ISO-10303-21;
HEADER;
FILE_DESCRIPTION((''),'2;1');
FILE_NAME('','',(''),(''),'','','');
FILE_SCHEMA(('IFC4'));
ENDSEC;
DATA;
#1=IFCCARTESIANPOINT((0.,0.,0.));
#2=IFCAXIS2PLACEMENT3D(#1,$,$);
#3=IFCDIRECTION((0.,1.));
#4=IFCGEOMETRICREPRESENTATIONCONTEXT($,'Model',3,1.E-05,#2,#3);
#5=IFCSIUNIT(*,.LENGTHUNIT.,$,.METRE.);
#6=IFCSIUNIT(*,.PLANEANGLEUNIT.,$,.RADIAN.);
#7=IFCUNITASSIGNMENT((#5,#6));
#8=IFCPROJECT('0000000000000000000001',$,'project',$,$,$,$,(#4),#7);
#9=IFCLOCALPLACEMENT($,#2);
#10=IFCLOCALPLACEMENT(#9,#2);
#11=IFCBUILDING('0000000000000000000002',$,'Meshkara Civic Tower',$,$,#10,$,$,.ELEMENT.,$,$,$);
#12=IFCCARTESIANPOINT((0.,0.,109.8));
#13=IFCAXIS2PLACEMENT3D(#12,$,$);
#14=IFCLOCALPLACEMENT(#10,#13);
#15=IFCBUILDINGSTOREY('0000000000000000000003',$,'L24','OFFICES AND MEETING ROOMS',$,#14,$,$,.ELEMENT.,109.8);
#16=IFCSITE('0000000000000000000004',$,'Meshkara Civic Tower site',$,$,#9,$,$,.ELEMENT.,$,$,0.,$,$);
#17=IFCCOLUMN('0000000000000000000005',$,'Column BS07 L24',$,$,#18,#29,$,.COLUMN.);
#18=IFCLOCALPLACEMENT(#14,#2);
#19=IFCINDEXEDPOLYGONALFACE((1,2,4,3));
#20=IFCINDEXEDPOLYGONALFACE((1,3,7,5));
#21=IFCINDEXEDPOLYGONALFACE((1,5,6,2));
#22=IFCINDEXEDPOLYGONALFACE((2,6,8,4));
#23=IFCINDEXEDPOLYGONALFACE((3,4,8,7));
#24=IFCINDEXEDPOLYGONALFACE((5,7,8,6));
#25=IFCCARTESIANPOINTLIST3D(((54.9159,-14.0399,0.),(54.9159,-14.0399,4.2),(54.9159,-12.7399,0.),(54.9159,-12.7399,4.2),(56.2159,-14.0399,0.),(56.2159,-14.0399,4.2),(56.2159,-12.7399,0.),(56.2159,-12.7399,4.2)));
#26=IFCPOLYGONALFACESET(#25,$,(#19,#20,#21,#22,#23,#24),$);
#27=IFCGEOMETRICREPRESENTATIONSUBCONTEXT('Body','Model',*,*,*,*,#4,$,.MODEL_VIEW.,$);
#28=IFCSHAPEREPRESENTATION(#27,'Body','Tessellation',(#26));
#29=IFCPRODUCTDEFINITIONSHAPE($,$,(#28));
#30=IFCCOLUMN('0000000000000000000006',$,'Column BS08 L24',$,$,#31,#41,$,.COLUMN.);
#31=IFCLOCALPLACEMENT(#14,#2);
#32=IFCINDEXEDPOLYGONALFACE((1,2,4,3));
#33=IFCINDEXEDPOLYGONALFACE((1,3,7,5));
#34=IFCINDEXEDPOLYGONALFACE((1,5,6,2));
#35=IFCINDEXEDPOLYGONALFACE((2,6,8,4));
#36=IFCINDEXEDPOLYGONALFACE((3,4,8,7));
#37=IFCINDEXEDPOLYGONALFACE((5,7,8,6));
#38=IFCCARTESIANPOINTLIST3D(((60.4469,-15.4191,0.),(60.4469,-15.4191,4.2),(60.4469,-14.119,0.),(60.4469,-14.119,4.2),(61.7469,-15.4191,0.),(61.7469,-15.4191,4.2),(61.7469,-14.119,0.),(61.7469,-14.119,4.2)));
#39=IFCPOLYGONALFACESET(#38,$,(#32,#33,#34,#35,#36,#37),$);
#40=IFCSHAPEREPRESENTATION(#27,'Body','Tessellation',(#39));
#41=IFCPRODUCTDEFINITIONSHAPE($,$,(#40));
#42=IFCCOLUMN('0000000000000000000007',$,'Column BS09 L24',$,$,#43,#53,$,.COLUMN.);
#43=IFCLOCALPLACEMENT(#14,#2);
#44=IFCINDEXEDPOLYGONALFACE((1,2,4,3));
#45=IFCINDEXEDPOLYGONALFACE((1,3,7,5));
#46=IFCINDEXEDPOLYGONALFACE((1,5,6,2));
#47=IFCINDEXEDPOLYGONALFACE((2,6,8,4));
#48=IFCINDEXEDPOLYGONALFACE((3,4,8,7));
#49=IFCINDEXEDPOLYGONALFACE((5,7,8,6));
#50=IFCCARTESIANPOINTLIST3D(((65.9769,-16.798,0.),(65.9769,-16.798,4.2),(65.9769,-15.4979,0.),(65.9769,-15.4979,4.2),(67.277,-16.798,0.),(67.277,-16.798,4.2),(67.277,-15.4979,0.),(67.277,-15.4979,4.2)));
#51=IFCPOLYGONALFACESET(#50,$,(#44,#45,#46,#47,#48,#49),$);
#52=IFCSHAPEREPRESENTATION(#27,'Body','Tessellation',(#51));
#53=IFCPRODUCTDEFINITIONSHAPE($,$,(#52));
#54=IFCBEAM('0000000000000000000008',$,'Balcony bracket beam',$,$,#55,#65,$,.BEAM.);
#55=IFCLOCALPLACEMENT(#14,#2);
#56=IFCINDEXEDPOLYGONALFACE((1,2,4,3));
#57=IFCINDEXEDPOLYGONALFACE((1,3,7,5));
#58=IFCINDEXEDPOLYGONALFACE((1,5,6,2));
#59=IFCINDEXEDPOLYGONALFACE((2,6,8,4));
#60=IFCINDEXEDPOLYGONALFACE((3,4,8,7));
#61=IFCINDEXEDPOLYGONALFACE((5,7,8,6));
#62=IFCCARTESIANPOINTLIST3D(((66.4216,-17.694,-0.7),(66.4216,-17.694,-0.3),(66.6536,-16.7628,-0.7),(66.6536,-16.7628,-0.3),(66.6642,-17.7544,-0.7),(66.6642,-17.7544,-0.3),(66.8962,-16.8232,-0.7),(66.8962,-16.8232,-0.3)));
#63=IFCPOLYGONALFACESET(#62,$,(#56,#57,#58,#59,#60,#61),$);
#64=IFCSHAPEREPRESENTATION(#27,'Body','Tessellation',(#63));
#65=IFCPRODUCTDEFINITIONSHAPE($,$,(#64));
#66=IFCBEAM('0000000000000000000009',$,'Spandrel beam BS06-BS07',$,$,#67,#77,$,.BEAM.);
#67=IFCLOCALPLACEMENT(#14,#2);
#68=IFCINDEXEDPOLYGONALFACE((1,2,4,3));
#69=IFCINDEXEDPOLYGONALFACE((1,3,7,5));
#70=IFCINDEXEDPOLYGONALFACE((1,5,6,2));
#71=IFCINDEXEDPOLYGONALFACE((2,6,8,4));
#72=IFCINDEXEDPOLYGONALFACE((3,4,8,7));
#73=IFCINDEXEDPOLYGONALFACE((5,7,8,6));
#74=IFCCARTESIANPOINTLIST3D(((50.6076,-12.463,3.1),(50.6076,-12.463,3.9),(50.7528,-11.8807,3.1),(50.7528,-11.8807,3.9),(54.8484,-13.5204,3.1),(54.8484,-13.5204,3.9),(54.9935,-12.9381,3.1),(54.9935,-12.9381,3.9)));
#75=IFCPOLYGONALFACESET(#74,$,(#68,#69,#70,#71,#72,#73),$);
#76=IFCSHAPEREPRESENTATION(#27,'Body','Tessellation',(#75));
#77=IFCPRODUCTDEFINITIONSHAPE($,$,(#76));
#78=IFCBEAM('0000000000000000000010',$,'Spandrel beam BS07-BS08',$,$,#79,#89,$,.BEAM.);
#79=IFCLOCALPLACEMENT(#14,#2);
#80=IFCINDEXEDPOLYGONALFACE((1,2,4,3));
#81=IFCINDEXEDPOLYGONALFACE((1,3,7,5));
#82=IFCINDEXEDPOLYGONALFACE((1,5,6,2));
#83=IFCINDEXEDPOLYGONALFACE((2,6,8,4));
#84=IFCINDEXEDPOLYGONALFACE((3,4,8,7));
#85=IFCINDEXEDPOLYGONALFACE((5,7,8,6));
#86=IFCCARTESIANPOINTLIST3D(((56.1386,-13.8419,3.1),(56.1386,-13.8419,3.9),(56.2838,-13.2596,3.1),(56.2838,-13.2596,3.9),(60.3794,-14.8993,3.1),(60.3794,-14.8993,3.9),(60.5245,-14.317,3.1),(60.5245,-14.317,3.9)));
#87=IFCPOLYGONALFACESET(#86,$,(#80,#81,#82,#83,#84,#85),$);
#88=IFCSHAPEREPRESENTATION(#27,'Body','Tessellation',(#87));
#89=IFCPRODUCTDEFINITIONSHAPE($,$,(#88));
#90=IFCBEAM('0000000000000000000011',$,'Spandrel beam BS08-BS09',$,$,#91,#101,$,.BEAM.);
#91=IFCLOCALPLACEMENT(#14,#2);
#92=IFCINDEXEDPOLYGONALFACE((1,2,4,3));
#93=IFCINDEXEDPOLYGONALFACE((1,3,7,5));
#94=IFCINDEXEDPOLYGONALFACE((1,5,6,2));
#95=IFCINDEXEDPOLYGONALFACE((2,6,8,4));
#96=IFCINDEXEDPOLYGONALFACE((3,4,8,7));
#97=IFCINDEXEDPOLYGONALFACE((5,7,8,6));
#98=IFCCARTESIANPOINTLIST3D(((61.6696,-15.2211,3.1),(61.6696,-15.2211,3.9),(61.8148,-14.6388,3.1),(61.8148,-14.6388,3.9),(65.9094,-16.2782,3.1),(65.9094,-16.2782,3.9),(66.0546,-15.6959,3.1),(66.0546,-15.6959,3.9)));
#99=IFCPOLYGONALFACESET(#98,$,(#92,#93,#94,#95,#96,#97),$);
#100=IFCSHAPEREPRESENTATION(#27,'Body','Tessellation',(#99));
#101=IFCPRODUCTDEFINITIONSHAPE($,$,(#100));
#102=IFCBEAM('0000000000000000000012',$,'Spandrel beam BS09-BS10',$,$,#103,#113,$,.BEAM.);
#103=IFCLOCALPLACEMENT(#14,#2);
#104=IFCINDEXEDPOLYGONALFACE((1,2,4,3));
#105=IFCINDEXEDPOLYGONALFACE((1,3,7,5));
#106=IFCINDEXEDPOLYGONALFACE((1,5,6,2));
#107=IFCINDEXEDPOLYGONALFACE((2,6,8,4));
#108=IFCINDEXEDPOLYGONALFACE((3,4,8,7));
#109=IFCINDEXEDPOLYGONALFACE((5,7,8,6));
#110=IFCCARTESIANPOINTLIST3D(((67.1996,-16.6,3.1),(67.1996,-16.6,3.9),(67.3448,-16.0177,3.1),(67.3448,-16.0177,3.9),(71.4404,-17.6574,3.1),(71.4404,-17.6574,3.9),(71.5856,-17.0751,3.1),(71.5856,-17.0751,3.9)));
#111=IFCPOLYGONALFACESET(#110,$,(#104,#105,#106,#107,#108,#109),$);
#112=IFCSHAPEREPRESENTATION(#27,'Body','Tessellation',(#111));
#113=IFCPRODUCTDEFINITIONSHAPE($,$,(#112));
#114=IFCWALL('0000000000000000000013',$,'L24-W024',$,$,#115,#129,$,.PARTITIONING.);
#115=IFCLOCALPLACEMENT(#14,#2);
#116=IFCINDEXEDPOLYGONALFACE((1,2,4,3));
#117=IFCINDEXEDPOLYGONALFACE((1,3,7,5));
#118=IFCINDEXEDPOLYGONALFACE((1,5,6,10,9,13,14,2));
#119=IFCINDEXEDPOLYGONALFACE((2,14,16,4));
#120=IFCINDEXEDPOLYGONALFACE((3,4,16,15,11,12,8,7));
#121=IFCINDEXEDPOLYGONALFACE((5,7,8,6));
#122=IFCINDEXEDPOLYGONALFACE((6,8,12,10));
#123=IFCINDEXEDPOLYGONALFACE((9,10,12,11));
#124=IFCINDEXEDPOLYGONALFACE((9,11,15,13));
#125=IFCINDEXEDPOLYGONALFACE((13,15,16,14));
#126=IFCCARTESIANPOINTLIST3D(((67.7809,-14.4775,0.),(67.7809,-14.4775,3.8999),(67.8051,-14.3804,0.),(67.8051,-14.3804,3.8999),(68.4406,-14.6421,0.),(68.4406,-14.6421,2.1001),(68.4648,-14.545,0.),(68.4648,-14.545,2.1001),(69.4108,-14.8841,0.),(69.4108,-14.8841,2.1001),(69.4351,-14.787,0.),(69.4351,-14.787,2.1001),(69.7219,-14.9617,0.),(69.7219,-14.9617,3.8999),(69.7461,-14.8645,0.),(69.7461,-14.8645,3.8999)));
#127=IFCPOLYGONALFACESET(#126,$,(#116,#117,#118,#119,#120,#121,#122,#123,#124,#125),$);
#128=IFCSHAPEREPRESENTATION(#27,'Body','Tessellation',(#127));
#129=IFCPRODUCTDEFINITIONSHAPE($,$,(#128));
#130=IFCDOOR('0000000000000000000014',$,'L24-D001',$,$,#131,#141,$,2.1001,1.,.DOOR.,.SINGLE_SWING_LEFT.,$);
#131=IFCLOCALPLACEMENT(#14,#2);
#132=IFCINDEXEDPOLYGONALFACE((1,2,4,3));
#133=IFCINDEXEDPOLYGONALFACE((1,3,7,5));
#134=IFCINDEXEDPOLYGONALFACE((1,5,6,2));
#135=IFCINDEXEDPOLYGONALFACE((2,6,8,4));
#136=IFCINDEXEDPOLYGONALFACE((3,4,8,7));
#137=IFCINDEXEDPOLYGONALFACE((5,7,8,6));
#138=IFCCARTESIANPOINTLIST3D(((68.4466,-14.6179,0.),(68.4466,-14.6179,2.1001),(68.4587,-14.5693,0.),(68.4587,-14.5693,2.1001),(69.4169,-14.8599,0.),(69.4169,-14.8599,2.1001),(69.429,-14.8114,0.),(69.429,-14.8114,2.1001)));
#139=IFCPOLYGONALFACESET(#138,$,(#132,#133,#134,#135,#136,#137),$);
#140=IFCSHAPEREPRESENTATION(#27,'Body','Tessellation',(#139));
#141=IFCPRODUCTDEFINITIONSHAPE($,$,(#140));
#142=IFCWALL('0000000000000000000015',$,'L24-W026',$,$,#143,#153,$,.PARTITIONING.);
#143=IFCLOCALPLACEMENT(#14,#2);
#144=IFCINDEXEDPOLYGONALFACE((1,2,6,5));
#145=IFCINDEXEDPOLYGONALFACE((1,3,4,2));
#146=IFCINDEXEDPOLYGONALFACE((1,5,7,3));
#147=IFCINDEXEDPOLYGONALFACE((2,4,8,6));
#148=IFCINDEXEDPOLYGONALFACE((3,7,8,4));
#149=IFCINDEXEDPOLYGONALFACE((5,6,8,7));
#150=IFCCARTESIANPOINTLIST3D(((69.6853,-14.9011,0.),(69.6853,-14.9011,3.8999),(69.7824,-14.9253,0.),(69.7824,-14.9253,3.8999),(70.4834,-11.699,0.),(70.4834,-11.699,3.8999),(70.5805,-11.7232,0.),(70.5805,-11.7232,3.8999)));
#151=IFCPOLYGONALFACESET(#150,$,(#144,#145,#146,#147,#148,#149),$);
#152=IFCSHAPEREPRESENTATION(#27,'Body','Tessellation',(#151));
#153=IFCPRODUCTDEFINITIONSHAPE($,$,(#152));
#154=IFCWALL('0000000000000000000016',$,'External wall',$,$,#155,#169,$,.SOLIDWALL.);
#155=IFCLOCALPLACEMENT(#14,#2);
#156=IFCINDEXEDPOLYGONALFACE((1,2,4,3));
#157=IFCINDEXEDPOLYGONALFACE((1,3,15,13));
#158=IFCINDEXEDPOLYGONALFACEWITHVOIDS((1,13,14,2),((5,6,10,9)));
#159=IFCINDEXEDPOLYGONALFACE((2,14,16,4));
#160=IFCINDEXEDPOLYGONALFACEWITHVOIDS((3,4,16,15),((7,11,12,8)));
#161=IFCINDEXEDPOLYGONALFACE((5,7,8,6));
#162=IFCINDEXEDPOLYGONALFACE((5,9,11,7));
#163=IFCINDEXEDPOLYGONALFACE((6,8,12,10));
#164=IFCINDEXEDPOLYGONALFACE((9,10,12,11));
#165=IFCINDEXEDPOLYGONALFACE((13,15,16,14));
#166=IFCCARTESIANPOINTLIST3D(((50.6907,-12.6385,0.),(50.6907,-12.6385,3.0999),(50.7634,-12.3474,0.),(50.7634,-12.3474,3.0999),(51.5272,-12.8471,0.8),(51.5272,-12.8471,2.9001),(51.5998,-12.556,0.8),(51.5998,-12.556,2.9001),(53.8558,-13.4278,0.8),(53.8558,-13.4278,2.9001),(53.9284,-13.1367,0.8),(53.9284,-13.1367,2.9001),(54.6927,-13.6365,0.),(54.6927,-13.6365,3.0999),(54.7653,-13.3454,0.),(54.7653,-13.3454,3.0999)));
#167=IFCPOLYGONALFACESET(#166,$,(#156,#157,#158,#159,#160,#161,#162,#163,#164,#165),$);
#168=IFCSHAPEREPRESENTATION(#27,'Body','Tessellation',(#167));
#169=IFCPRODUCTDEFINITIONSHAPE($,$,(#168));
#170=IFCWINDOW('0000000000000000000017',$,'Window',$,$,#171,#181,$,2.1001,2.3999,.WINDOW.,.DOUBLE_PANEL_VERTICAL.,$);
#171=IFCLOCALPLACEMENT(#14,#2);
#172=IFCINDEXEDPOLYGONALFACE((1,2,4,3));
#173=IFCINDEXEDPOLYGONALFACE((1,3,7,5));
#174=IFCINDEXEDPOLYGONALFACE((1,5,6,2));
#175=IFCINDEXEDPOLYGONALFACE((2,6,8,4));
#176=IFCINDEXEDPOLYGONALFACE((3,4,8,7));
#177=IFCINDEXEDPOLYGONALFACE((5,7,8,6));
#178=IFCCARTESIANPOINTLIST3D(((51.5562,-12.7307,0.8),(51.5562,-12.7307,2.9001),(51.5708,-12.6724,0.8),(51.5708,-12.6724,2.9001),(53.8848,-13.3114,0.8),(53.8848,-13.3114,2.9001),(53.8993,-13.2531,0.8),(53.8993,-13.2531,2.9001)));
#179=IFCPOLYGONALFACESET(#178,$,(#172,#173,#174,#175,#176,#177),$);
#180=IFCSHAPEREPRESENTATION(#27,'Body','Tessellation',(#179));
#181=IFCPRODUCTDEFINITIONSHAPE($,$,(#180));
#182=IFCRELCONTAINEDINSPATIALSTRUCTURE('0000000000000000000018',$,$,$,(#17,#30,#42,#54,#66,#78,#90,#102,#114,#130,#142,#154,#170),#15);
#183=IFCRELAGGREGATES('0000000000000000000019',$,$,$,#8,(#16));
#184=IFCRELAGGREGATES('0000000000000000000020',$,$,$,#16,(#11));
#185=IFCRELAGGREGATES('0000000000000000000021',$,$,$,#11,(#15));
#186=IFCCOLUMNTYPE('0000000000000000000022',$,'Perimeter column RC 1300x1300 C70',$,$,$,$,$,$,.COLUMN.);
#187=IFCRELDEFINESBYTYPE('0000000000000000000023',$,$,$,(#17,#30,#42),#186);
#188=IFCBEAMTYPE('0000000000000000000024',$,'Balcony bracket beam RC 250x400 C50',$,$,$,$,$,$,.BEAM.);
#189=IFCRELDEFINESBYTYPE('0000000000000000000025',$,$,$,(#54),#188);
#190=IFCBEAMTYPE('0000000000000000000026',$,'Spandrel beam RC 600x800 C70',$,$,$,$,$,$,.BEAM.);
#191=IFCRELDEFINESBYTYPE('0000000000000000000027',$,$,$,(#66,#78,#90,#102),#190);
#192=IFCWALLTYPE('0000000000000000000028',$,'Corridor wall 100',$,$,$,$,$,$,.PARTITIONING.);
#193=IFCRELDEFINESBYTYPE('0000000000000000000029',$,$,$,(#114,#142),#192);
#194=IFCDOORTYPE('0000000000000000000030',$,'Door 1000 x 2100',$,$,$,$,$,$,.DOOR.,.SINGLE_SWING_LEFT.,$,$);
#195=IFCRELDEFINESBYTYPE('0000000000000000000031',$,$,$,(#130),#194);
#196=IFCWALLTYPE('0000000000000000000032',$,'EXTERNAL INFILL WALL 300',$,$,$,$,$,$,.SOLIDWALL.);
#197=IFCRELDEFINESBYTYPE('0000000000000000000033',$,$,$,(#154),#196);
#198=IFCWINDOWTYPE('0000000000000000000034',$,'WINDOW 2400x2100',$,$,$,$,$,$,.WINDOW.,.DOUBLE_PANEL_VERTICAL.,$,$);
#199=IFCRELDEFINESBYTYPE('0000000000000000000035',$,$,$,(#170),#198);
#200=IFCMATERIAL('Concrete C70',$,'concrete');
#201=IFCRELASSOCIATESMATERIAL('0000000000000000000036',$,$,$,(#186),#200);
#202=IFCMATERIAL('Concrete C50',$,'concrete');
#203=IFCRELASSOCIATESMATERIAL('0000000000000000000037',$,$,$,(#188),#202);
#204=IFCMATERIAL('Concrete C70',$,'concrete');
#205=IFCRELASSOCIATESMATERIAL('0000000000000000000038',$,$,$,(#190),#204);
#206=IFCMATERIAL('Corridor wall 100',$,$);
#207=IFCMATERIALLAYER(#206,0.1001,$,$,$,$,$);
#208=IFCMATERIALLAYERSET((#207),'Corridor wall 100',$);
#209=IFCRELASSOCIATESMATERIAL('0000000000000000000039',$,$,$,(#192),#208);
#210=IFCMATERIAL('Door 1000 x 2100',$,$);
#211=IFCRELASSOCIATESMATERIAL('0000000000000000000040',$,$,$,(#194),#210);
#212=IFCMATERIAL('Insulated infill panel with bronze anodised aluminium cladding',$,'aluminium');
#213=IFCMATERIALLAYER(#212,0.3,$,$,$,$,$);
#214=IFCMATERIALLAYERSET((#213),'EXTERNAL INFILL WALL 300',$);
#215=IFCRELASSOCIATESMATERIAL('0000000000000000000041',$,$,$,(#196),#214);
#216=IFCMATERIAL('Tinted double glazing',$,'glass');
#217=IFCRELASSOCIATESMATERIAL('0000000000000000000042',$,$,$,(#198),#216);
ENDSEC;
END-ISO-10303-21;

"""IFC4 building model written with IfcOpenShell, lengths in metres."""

from ifc_helpers import new_model, si_unit, direction, frame, frame_2d, origin, origin_2d, place, context, subcontext, project, spatial, rectangle, extrude, material, layer, layer_set, material_profile, profile_set, type_object, element, fill, save


model = new_model("IFC4")

# Units and contexts
model_context = context("Model", 3, precision=1e-05, world=origin(), true_north=direction((0.0, 1.0)))
body_context = subcontext(model_context, "Body", "Model", "MODEL_VIEW")
ifc_project = project(units=[si_unit("LENGTHUNIT", "METRE"), si_unit("PLANEANGLEUNIT", "RADIAN")], contexts=[model_context])

# Site, building, storey
site_placement = place(None, origin())
site = spatial("IfcSite", under=ifc_project, at=site_placement, Name="Meshkara Civic Tower site", CompositionType="ELEMENT", RefElevation=0.0)
building_placement = place(site_placement, origin())
building = spatial("IfcBuilding", under=site, at=building_placement, Name="Meshkara Civic Tower", CompositionType="ELEMENT")
storey_placement = place(building_placement, frame((0.0, 0.0, 109.8)))
storey = spatial("IfcBuildingStorey", under=building, at=storey_placement, Name="L24", Description="OFFICES AND MEETING ROOMS", CompositionType="ELEMENT", Elevation=109.8)

# Columns
ifc_material_1 = material(Name="Concrete C70", Category="concrete")
ifc_material_profile_1 = material_profile(ifc_material_1, rectangle(XDim=1.3, YDim=1.3, at=origin_2d()))
ifc_profile_set_1 = profile_set([ifc_material_profile_1], Name="Concrete C70")
column_type = type_object("IfcColumnType", Name="Perimeter column RC 1300x1300 C70", PredefinedType="COLUMN", material=ifc_profile_set_1)
for number, where, z_axis, x_axis, name in (
    (1, (55.5659, -13.3899, 0.0), (0.0, 0.0, 1.0), (1.0, 0.0, 0.0), "Column BS07 L24"),
    (2, (61.0969, -14.769, 0.0), (0.0, 0.0, 1.0), (1.0, 0.0, 0.0), "Column BS08 L24"),
    (3, (66.627, -16.1479, 0.0), (0.0, 0.0, 1.0), (1.0, 0.0, 0.0), "Column BS09 L24"),
):
    element("IfcColumn", number, at=place(storey_placement, frame(where, z_axis=z_axis, x_axis=x_axis)), inside=storey, type_object=column_type, Name=name, PredefinedType="COLUMN", context=body_context, shape_type="SweptSolid", body=[
        extrude(rectangle(XDim=1.3, YDim=1.3, at=origin_2d()), origin(), (0.0, 0.0, 1.0), 4.2),
    ])

# Beams
ifc_material_2 = material(Name="Concrete C50", Category="concrete")
ifc_material_profile_2 = material_profile(ifc_material_2, rectangle(XDim=0.25, YDim=0.3999, at=origin_2d()))
ifc_profile_set_2 = profile_set([ifc_material_profile_2], Name="Concrete C50")
beam_type_1 = type_object("IfcBeamType", Name="Balcony bracket beam RC 250x400 C50", PredefinedType="BEAM", material=ifc_profile_set_2)
beam_1_placement = place(storey_placement, frame((66.7749, -16.793, -0.5), z_axis=(-0.241697, -0.970352, 0.0), x_axis=(0.970352, -0.241697, 0.0)))
element("IfcBeam", 4, at=beam_1_placement, inside=storey, type_object=beam_type_1, Name="Balcony bracket beam", PredefinedType="BEAM", context=body_context, shape_type="SweptSolid", body=[
    extrude(rectangle(XDim=0.25, YDim=0.3999, at=origin_2d()), origin(), (0.0, 0.0, 1.0), 0.9597),
])
ifc_material_3 = material(Name="Concrete C70", Category="concrete")
ifc_material_profile_3 = material_profile(ifc_material_3, rectangle(XDim=0.6001, YDim=0.8, at=origin_2d()))
ifc_profile_set_3 = profile_set([ifc_material_profile_3], Name="Concrete C70")
beam_type_2 = type_object("IfcBeamType", Name="Spandrel beam RC 600x800 C70", PredefinedType="BEAM", material=ifc_profile_set_3)
for number, where, z_axis, x_axis, name in (
    (5, (50.6802, -12.1719, 3.5), (0.970293, -0.241931, 0.0), (0.241931, 0.970293, 0.0), "Spandrel beam BS06-BS07"),
    (6, (56.2112, -13.5508, 3.5), (0.970293, -0.241931, 0.0), (0.241931, 0.970293, 0.0), "Spandrel beam BS07-BS08"),
):
    element("IfcBeam", number, at=place(storey_placement, frame(where, z_axis=z_axis, x_axis=x_axis)), inside=storey, type_object=beam_type_2, Name=name, PredefinedType="BEAM", context=body_context, shape_type="SweptSolid", body=[
        extrude(rectangle(XDim=0.6001, YDim=0.8, at=origin_2d()), origin(), (0.0, 0.0, 1.0), 4.3706),
    ])
beam_2_placement = place(storey_placement, frame((61.7422, -14.9299, 3.5), z_axis=(0.970293, -0.241931, 0.0), x_axis=(0.241931, 0.970293, 0.0)))
element("IfcBeam", 7, at=beam_2_placement, inside=storey, type_object=beam_type_2, Name="Spandrel beam BS08-BS09", PredefinedType="BEAM", context=body_context, shape_type="SweptSolid", body=[
    extrude(rectangle(XDim=0.6001, YDim=0.8, at=origin_2d()), origin(), (0.0, 0.0, 1.0), 4.3696),
])
beam_3_placement = place(storey_placement, frame((67.2722, -16.3088, 3.5), z_axis=(0.970293, -0.241931, 0.0), x_axis=(0.241931, 0.970293, 0.0)))
element("IfcBeam", 8, at=beam_3_placement, inside=storey, type_object=beam_type_2, Name="Spandrel beam BS09-BS10", PredefinedType="BEAM", context=body_context, shape_type="SweptSolid", body=[
    extrude(rectangle(XDim=0.6001, YDim=0.8, at=origin_2d()), origin(), (0.0, 0.0, 1.0), 4.3706),
])

# Wall, opening, door
ifc_material_4 = material(Name="Corridor wall 100")
ifc_layer_1 = layer(ifc_material_4, 0.1001)
ifc_layer_set_1 = layer_set([ifc_layer_1], Name="Corridor wall 100")
wall_type_1 = type_object("IfcWallType", Name="Corridor wall 100", PredefinedType="PARTITIONING", material=ifc_layer_set_1)
wall_1_placement = place(storey_placement, frame((67.793, -14.429, 0.0), z_axis=(0.0, 0.0, 1.0), x_axis=(0.970272, -0.242019, 0.0)))
wall_1 = element("IfcWall", 9, at=wall_1_placement, inside=storey, type_object=wall_type_1, Name="L24-W024", PredefinedType="PARTITIONING", context=body_context, shape_type="SweptSolid", body=[
    extrude(rectangle(XDim=2.0005, YDim=0.1001, at=frame_2d((1.0002, 0.0))), origin(), (0.0, 0.0, 1.0), 3.8999),
])
opening_1_placement = place(wall_1_placement, frame((0.6799, 0.0, 0.0)))
opening_1 = element("IfcOpeningElement", 10, at=opening_1_placement, cuts=wall_1, PredefinedType="OPENING", context=body_context, shape_type="SweptSolid", body=[
    extrude(rectangle(XDim=1.0, YDim=2.1001, at=frame_2d((0.5, 1.05))), frame((0.0, 0.0601, 0.0), z_axis=(0.0, -1.0, 0.0), x_axis=(1.0, 0.0, 0.0)), (0.0, 0.0, 1.0), 0.1201),
])
ifc_material_5 = material(Name="Door 1000 x 2100")
door_type_1 = type_object("IfcDoorType", Name="Door 1000 x 2100", OperationType="SINGLE_SWING_LEFT", PredefinedType="DOOR", material=ifc_material_5)
door_1_placement = place(opening_1_placement, origin())
door_1 = element("IfcDoor", 11, at=door_1_placement, inside=storey, type_object=door_type_1, Name="L24-D001", OperationType="SINGLE_SWING_LEFT", OverallHeight=2.1001, OverallWidth=1.0, PredefinedType="DOOR", context=body_context, shape_type="SweptSolid", body=[
    extrude(rectangle(XDim=1.0, YDim=2.1001, at=frame_2d((0.5, 1.05))), frame((0.0, 0.0249, 0.0), z_axis=(0.0, -1.0, 0.0), x_axis=(1.0, 0.0, 0.0)), (0.0, 0.0, 1.0), 0.05),
])
fill(opening_1, door_1)

# Wall
wall_2_placement = place(storey_placement, frame((69.7339, -14.9131, 0.0), z_axis=(0.0, 0.0, 1.0), x_axis=(0.241839, 0.970316, 0.0)))
element("IfcWall", 12, at=wall_2_placement, inside=storey, type_object=wall_type_1, Name="L24-W026", PredefinedType="PARTITIONING", context=body_context, shape_type="SweptSolid", body=[
    extrude(rectangle(XDim=3.3, YDim=0.1001, at=frame_2d((1.6499, 0.0))), origin(), (0.0, 0.0, 1.0), 3.8999),
])

# Wall, opening, window
ifc_material_6 = material(Name="Insulated infill panel with bronze anodised aluminium cladding", Category="aluminium")
ifc_layer_2 = layer(ifc_material_6, 0.3)
ifc_layer_set_2 = layer_set([ifc_layer_2], Name="EXTERNAL INFILL WALL 300")
wall_type_2 = type_object("IfcWallType", Name="EXTERNAL INFILL WALL 300", PredefinedType="SOLIDWALL", material=ifc_layer_set_2)
wall_3_placement = place(storey_placement, frame((50.7271, -12.4929, 0.0), z_axis=(0.0, 0.0, 1.0), x_axis=(0.970282, -0.241978, 0.0)))
wall_3 = element("IfcWall", 13, at=wall_3_placement, inside=storey, type_object=wall_type_2, Name="External wall", PredefinedType="SOLIDWALL", context=body_context, shape_type="SweptSolid", body=[
    extrude(rectangle(XDim=4.1245, YDim=0.3, at=frame_2d((2.0623, 0.0))), origin(), (0.0, 0.0, 1.0), 3.0999),
])
opening_2_placement = place(wall_3_placement, frame((0.8621, 0.0, 0.8)))
opening_2 = element("IfcOpeningElement", 14, at=opening_2_placement, cuts=wall_3, PredefinedType="OPENING", context=body_context, shape_type="SweptSolid", body=[
    extrude(rectangle(XDim=2.3999, YDim=2.1001, at=frame_2d((1.2, 1.05))), frame((0.0, 0.1599, 0.0), z_axis=(0.0, -1.0, 0.0), x_axis=(1.0, 0.0, 0.0)), (0.0, 0.0, 1.0), 0.3201),
])
ifc_material_7 = material(Name="Tinted double glazing", Category="glass")
window_type = type_object("IfcWindowType", Name="WINDOW 2400x2100", PartitioningType="DOUBLE_PANEL_VERTICAL", PredefinedType="WINDOW", material=ifc_material_7)
window_1_placement = place(opening_2_placement, origin())
window_1 = element("IfcWindow", 15, at=window_1_placement, inside=storey, type_object=window_type, Name="Window", OverallHeight=2.1001, OverallWidth=2.3999, PartitioningType="DOUBLE_PANEL_VERTICAL", PredefinedType="WINDOW", context=body_context, shape_type="SweptSolid", body=[
    extrude(rectangle(XDim=2.3999, YDim=2.1001, at=frame_2d((1.2, 1.05))), frame((0.0, 0.03, 0.0), z_axis=(0.0, -1.0, 0.0), x_axis=(1.0, 0.0, 0.0)), (0.0, 0.0, 1.0), 0.0601),
])
fill(opening_2, window_1)

save(model, "model.ifc")
